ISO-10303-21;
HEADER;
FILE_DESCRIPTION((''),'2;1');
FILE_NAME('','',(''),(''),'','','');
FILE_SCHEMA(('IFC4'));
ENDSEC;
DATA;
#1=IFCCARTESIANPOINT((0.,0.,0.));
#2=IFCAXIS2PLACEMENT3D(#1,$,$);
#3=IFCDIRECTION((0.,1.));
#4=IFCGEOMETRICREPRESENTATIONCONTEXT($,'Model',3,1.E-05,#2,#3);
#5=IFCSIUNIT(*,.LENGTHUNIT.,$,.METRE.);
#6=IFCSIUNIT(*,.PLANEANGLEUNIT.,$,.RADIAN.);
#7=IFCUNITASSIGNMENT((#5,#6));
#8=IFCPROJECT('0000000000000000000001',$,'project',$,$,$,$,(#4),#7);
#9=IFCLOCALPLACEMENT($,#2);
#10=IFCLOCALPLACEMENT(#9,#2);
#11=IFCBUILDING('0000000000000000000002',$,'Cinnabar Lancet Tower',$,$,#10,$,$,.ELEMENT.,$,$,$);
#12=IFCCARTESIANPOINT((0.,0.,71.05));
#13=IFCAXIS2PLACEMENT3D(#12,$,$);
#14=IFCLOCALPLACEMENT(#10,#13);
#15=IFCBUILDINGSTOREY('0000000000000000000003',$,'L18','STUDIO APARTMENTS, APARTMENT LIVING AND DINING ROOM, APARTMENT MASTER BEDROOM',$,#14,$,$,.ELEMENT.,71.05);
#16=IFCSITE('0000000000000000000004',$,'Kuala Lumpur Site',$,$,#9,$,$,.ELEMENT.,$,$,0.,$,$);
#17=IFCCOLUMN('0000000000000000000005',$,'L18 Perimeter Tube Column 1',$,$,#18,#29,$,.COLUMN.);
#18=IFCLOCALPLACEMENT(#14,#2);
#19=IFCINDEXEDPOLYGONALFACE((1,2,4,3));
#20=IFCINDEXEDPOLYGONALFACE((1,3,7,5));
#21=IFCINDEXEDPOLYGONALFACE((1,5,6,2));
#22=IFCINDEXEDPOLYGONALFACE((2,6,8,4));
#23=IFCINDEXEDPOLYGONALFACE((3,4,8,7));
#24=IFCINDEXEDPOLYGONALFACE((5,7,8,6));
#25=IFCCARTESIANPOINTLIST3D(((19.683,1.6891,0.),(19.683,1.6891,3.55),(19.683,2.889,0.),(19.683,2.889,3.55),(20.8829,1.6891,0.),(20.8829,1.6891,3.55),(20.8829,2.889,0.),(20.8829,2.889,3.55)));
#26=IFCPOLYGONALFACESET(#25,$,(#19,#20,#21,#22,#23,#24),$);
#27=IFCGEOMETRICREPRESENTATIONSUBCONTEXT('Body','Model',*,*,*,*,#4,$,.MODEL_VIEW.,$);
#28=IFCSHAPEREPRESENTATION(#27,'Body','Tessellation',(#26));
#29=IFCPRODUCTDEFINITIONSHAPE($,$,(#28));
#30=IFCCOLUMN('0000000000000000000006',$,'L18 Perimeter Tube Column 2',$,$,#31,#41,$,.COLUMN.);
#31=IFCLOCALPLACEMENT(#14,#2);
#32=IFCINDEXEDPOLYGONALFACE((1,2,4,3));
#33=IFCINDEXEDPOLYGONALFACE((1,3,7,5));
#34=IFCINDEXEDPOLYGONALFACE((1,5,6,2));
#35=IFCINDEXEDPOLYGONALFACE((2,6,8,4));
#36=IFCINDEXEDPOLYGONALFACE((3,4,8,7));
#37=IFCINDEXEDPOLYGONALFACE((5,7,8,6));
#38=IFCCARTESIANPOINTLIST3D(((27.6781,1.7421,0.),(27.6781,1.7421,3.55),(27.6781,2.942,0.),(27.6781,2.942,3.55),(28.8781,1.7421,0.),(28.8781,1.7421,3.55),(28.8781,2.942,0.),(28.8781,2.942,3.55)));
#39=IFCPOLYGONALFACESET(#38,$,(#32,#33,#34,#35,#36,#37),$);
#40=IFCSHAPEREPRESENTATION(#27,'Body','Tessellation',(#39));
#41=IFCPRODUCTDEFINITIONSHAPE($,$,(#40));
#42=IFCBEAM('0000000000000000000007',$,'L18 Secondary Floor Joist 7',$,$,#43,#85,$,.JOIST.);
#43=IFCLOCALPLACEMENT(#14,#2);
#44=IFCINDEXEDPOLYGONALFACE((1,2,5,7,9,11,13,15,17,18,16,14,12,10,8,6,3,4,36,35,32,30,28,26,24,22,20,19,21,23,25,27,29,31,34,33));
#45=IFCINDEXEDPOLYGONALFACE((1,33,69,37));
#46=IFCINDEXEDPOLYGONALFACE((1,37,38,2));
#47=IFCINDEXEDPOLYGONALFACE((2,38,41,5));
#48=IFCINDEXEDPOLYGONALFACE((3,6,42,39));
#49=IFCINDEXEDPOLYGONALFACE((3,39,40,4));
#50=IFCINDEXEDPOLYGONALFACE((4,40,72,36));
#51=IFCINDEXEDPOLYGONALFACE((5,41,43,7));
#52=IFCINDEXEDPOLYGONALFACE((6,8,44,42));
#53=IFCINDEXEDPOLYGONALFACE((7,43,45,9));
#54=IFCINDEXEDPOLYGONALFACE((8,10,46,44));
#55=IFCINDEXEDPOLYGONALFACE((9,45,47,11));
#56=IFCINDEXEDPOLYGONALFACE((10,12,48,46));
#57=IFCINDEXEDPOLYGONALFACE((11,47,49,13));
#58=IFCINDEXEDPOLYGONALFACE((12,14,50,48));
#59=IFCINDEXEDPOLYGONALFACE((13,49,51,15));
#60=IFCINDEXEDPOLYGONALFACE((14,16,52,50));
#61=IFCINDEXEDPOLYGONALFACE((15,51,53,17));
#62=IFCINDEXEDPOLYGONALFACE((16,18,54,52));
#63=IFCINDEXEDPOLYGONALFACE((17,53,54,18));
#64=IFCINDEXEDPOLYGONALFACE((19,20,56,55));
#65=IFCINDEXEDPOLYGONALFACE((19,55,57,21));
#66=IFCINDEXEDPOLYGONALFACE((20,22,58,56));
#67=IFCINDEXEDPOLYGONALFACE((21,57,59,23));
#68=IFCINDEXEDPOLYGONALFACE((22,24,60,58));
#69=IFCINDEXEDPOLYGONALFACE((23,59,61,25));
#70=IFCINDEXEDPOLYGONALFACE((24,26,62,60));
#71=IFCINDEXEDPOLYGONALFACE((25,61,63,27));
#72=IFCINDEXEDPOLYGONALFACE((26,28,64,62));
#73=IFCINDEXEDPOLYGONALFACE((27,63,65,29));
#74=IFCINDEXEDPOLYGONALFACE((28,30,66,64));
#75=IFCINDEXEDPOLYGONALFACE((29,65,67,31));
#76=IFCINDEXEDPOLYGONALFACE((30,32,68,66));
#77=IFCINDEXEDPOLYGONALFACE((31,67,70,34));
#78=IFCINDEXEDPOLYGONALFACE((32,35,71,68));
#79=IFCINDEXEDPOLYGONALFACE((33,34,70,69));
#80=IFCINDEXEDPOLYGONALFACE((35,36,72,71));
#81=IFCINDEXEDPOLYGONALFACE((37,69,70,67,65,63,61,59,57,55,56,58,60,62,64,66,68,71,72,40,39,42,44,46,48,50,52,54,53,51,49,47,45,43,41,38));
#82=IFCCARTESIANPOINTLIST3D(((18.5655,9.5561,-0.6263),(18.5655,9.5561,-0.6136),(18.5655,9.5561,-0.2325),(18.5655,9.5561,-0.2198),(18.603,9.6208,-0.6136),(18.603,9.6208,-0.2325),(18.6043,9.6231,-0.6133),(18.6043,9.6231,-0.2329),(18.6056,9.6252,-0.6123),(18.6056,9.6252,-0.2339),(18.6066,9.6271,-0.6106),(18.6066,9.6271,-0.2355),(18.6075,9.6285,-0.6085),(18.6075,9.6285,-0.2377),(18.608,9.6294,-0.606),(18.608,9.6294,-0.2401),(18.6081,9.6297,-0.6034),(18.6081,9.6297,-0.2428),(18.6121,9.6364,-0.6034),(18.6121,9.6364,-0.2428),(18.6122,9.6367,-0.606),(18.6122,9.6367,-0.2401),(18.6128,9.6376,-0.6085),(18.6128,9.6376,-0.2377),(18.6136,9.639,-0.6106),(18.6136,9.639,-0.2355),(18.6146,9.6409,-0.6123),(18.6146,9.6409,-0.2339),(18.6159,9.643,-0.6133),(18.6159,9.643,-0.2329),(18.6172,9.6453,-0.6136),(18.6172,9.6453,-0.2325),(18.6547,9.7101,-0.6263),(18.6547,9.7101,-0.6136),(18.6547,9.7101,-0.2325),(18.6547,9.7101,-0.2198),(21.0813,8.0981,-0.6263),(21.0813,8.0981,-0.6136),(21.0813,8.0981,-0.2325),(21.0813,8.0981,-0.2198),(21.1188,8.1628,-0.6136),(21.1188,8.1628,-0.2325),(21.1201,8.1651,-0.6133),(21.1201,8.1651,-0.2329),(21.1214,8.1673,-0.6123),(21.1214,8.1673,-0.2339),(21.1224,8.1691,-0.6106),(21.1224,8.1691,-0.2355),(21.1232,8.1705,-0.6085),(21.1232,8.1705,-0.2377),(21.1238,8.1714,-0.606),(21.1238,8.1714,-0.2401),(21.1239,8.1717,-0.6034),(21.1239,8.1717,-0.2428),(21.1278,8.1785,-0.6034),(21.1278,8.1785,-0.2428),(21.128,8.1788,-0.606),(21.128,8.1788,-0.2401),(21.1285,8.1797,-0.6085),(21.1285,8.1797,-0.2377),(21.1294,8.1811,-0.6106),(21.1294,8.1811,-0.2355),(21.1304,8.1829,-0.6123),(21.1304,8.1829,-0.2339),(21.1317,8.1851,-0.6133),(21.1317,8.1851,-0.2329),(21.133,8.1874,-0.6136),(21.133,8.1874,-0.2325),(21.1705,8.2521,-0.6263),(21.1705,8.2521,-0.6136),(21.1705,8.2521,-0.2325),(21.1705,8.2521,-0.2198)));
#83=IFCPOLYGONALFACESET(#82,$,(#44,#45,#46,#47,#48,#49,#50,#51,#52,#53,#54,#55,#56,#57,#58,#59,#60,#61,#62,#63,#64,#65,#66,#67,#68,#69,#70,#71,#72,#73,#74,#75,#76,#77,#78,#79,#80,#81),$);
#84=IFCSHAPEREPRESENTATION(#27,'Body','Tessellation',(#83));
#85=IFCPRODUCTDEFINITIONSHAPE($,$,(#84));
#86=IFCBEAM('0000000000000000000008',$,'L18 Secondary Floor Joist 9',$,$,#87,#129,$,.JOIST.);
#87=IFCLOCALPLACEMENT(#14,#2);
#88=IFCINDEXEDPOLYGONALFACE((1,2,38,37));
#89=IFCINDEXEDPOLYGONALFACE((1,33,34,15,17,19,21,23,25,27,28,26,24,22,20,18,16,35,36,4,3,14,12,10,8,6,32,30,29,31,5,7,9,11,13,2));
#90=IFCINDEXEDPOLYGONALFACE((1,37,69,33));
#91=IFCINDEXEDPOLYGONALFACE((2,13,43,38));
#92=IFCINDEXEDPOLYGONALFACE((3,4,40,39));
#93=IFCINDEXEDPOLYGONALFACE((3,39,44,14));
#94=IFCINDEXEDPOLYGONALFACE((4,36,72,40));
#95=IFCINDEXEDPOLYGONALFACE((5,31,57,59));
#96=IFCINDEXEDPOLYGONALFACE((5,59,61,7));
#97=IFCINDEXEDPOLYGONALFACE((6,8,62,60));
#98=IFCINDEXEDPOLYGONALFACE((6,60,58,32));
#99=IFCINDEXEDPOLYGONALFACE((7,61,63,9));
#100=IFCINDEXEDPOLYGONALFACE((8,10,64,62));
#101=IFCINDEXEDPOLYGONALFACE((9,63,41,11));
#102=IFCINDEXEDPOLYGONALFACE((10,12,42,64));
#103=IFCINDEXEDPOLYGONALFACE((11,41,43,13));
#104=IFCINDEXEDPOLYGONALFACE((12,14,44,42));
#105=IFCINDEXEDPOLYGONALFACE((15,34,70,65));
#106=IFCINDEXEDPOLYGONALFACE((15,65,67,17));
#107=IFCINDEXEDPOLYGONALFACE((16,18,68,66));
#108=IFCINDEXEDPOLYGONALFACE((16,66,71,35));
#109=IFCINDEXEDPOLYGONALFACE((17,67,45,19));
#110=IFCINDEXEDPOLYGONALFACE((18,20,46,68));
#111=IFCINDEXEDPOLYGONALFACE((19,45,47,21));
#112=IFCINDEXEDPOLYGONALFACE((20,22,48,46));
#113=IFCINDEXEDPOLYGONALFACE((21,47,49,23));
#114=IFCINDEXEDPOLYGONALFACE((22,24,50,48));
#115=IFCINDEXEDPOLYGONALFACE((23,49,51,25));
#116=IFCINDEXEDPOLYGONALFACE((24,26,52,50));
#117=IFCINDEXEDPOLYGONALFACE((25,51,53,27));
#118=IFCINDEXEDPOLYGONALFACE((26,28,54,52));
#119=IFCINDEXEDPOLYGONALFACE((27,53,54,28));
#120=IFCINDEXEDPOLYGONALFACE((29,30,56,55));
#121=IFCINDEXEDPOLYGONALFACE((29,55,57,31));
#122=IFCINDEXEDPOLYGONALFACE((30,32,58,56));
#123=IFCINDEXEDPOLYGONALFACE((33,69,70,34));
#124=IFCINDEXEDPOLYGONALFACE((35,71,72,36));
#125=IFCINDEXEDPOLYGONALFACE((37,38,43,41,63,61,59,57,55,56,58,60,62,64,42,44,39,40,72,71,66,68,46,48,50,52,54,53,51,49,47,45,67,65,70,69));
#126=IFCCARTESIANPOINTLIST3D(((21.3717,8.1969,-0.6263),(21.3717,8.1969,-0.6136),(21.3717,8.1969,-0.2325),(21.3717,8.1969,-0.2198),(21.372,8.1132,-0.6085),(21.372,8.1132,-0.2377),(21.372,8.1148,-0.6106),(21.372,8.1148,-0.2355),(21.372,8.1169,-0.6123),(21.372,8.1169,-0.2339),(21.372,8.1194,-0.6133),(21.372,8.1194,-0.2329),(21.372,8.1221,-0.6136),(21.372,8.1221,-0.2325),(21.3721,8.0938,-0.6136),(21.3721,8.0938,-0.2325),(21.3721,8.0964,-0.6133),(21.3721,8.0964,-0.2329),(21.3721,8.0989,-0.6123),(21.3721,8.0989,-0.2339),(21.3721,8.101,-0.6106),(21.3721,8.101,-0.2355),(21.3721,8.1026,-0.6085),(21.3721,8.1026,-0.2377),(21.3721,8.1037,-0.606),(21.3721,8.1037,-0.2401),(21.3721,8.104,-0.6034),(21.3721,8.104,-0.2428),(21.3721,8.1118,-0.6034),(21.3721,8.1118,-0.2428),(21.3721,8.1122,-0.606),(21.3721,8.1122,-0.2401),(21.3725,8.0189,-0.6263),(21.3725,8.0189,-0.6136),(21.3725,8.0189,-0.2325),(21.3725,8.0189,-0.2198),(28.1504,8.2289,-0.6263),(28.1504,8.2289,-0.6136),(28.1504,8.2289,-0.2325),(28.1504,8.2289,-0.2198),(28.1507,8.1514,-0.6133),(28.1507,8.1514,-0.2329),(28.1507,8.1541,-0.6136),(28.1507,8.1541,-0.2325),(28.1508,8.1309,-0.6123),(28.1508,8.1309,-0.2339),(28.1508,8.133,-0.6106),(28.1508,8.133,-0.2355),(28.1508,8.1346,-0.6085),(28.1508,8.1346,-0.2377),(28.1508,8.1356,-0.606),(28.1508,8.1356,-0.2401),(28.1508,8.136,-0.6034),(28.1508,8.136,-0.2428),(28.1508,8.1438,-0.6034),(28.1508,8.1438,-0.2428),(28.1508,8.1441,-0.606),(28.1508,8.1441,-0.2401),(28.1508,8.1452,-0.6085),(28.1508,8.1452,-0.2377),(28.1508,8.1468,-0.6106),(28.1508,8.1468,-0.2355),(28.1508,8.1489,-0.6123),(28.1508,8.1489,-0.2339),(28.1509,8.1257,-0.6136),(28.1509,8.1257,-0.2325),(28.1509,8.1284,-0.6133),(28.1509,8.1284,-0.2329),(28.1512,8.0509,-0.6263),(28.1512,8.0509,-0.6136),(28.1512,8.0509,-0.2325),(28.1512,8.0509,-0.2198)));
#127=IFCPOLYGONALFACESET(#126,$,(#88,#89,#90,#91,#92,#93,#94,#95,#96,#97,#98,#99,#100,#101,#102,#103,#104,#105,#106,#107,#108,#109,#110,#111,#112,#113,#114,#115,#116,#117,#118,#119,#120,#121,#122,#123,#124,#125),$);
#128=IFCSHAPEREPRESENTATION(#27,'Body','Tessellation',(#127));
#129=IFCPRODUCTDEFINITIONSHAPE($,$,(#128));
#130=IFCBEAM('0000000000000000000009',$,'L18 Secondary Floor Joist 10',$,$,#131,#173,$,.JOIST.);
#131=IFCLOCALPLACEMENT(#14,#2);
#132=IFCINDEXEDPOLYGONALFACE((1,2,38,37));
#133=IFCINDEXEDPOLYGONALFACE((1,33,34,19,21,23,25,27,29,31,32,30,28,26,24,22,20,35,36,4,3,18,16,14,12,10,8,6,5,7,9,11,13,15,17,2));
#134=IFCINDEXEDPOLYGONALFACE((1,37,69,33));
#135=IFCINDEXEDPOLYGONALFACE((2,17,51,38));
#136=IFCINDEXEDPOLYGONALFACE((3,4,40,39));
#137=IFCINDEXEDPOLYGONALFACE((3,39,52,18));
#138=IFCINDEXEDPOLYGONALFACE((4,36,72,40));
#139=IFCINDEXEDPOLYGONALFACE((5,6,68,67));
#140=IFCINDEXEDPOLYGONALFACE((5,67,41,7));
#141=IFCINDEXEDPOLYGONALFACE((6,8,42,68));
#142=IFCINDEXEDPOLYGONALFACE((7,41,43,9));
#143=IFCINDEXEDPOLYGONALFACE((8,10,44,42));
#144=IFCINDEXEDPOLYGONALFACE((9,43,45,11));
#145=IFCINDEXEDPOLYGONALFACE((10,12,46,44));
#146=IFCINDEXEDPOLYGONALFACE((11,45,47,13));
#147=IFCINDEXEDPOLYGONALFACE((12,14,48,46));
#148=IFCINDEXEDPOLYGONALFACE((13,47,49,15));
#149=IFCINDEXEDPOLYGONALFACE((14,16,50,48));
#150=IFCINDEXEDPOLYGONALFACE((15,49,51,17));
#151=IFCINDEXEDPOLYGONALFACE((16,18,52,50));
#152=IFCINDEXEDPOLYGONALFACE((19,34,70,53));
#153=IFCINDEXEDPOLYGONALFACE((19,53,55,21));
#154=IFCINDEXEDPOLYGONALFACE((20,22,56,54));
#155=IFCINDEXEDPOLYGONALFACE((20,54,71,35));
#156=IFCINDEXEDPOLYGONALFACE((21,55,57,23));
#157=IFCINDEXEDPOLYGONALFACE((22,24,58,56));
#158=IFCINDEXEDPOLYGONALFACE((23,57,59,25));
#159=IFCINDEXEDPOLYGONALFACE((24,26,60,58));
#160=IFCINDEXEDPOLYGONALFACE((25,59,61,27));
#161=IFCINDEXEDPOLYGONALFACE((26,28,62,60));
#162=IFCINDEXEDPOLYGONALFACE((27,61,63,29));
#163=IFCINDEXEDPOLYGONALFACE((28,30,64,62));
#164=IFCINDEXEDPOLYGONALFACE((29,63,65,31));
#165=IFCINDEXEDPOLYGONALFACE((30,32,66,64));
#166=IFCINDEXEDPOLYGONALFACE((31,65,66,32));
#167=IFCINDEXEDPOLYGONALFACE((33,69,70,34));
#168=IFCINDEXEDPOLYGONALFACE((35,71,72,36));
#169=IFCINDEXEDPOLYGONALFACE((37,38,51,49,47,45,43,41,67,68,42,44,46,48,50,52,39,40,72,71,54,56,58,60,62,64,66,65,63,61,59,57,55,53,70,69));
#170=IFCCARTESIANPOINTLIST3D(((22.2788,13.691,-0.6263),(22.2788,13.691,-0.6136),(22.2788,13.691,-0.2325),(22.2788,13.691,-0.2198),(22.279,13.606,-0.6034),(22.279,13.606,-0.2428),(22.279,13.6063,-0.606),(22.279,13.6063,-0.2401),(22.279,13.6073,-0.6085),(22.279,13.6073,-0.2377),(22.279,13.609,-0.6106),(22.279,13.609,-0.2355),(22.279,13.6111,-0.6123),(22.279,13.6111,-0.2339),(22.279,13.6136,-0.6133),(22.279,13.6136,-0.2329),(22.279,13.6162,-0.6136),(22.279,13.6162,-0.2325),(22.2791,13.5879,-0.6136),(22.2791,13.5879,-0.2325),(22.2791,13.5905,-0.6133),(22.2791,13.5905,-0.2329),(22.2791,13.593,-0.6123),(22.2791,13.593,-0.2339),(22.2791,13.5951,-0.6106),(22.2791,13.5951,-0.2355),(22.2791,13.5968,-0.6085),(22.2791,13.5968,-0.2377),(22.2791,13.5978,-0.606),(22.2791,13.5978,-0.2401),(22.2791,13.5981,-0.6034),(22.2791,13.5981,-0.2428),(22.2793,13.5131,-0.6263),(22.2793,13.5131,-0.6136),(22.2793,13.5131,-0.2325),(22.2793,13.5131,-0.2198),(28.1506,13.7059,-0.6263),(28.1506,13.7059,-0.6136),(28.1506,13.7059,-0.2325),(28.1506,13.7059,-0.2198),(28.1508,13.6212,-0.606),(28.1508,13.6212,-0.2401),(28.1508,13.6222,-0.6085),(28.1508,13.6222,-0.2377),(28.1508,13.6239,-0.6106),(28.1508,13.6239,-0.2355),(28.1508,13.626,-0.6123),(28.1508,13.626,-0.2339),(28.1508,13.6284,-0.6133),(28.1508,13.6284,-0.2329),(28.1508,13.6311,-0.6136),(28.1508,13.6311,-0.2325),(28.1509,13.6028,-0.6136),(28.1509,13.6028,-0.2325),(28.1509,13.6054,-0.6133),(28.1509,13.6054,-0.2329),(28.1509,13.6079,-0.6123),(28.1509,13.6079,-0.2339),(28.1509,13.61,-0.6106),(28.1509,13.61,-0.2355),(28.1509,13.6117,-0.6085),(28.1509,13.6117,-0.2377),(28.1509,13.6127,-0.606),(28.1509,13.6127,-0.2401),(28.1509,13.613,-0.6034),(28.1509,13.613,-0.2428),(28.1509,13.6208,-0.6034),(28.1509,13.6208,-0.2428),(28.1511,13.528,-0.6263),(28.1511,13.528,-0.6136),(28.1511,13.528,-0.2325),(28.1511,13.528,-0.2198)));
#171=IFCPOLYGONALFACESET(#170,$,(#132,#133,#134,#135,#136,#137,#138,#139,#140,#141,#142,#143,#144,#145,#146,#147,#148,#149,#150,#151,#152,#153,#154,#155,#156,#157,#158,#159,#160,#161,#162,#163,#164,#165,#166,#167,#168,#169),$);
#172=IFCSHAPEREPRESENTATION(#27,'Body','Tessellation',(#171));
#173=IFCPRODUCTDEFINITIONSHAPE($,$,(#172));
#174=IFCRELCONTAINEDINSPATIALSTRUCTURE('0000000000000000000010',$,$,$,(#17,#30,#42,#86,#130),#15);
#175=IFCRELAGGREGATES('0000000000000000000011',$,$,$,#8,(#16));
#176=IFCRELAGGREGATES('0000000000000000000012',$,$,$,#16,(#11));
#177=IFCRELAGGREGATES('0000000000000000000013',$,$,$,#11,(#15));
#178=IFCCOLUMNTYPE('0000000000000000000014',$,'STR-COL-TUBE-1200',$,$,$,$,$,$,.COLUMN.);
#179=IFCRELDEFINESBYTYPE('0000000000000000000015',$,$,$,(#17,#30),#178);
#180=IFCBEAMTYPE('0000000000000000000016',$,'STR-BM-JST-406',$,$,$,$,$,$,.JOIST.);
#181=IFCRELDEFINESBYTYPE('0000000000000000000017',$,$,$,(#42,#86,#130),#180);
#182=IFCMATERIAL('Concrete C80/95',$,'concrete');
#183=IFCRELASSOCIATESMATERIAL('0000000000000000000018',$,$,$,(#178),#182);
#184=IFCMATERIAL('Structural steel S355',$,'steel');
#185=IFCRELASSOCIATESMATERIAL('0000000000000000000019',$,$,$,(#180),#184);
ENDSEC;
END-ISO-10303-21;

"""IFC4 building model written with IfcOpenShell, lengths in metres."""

from ifc_helpers import new_model, si_unit, direction, frame, origin, origin_2d, place, context, subcontext, project, spatial, rectangle, i_section, extrude, material, material_profile, profile_set, type_object, element, save


model = new_model("IFC4")

# Units and contexts
model_context = context("Model", 3, precision=1e-05, world=origin(), true_north=direction((0.0, 1.0)))
body_context = subcontext(model_context, "Body", "Model", "MODEL_VIEW")
ifc_project = project(units=[si_unit("LENGTHUNIT", "METRE"), si_unit("PLANEANGLEUNIT", "RADIAN")], contexts=[model_context])

# Site, building, storey
site_placement = place(None, origin())
site = spatial("IfcSite", under=ifc_project, at=site_placement, Name="Kuala Lumpur Site", CompositionType="ELEMENT", RefElevation=0.0)
building_placement = place(site_placement, origin())
building = spatial("IfcBuilding", under=site, at=building_placement, Name="Cinnabar Lancet Tower", CompositionType="ELEMENT")
storey_placement = place(building_placement, frame((0.0, 0.0, 71.05)))
storey = spatial("IfcBuildingStorey", under=building, at=storey_placement, Name="L18", Description="STUDIO APARTMENTS, APARTMENT LIVING AND DINING ROOM, APARTMENT MASTER BEDROOM", CompositionType="ELEMENT", Elevation=71.05)

# Columns
ifc_material_1 = material(Name="Concrete C80/95", Category="concrete")
ifc_material_profile_1 = material_profile(ifc_material_1, rectangle(XDim=1.2, YDim=1.2, at=origin_2d()), Name="RC-COL 1200x1200")
ifc_profile_set_1 = profile_set([ifc_material_profile_1], Name="Concrete C80/95")
column_type = type_object("IfcColumnType", Name="STR-COL-TUBE-1200", PredefinedType="COLUMN", material=ifc_profile_set_1)
for number, where, z_axis, x_axis, name in (
    (1, (20.283, 2.2891, 0.0), (0.0, 0.0, 1.0), (1.0, 0.0, 0.0), "L18 Perimeter Tube Column 1"),
    (2, (28.2781, 2.342, 0.0), (0.0, 0.0, 1.0), (1.0, 0.0, 0.0), "L18 Perimeter Tube Column 2"),
):
    element("IfcColumn", number, at=place(storey_placement, frame(where, z_axis=z_axis, x_axis=x_axis)), inside=storey, type_object=column_type, Name=name, PredefinedType="COLUMN", context=body_context, shape_type="SweptSolid", body=[
        extrude(rectangle(XDim=1.2, YDim=1.2, at=origin_2d()), origin(), (0.0, 0.0, 1.0), 3.55),
    ])

# Beams
ifc_material_2 = material(Name="Structural steel S355", Category="steel")
ifc_material_profile_2 = material_profile(ifc_material_2, i_section(OverallWidth=0.178, OverallDepth=0.4065, WebThickness=0.0078, FlangeThickness=0.0127, FilletRadius=0.0103, at=origin_2d()), Name="UKB 406x178x60")
ifc_profile_set_2 = profile_set([ifc_material_profile_2], Name="Structural steel S355")
beam_type_1 = type_object("IfcBeamType", Name="STR-BM-JST-406", PredefinedType="JOIST", material=ifc_profile_set_2)
beam_1_placement = place(storey_placement, frame((18.6101, 9.6331, -0.4231), z_axis=(0.86521, -0.50141, 0.0), x_axis=(0.50141, 0.86521, 0.0)))
element("IfcBeam", 3, at=beam_1_placement, inside=storey, type_object=beam_type_1, Name="L18 Secondary Floor Joist 7", PredefinedType="JOIST", context=body_context, shape_type="SweptSolid", body=[
    extrude(i_section(OverallWidth=0.178, OverallDepth=0.4065, WebThickness=0.0078, FlangeThickness=0.0127, FilletRadius=0.0103, at=origin_2d()), origin(), (0.0, 0.0, 1.0), 2.9077),
])
beam_2_placement = place(storey_placement, frame((21.3721, 8.1079, -0.4231), z_axis=(0.999989, 0.004718, 0.0), x_axis=(-0.004718, 0.999989, 0.0)))
element("IfcBeam", 4, at=beam_2_placement, inside=storey, type_object=beam_type_1, Name="L18 Secondary Floor Joist 9", PredefinedType="JOIST", context=body_context, shape_type="SweptSolid", body=[
    extrude(i_section(OverallWidth=0.178, OverallDepth=0.4065, WebThickness=0.0078, FlangeThickness=0.0127, FilletRadius=0.0103, at=origin_2d()), origin(), (0.0, 0.0, 1.0), 6.7788),
])
beam_3_placement = place(storey_placement, frame((22.2791, 13.6021, -0.4231), z_axis=(0.999997, 0.002536, 0.0), x_axis=(-0.002536, 0.999997, 0.0)))
element("IfcBeam", 5, at=beam_3_placement, inside=storey, type_object=beam_type_1, Name="L18 Secondary Floor Joist 10", PredefinedType="JOIST", context=body_context, shape_type="SweptSolid", body=[
    extrude(i_section(OverallWidth=0.178, OverallDepth=0.4065, WebThickness=0.0078, FlangeThickness=0.0127, FilletRadius=0.0103, at=origin_2d()), origin(), (0.0, 0.0, 1.0), 5.8718),
])

save(model, "model.ifc")
